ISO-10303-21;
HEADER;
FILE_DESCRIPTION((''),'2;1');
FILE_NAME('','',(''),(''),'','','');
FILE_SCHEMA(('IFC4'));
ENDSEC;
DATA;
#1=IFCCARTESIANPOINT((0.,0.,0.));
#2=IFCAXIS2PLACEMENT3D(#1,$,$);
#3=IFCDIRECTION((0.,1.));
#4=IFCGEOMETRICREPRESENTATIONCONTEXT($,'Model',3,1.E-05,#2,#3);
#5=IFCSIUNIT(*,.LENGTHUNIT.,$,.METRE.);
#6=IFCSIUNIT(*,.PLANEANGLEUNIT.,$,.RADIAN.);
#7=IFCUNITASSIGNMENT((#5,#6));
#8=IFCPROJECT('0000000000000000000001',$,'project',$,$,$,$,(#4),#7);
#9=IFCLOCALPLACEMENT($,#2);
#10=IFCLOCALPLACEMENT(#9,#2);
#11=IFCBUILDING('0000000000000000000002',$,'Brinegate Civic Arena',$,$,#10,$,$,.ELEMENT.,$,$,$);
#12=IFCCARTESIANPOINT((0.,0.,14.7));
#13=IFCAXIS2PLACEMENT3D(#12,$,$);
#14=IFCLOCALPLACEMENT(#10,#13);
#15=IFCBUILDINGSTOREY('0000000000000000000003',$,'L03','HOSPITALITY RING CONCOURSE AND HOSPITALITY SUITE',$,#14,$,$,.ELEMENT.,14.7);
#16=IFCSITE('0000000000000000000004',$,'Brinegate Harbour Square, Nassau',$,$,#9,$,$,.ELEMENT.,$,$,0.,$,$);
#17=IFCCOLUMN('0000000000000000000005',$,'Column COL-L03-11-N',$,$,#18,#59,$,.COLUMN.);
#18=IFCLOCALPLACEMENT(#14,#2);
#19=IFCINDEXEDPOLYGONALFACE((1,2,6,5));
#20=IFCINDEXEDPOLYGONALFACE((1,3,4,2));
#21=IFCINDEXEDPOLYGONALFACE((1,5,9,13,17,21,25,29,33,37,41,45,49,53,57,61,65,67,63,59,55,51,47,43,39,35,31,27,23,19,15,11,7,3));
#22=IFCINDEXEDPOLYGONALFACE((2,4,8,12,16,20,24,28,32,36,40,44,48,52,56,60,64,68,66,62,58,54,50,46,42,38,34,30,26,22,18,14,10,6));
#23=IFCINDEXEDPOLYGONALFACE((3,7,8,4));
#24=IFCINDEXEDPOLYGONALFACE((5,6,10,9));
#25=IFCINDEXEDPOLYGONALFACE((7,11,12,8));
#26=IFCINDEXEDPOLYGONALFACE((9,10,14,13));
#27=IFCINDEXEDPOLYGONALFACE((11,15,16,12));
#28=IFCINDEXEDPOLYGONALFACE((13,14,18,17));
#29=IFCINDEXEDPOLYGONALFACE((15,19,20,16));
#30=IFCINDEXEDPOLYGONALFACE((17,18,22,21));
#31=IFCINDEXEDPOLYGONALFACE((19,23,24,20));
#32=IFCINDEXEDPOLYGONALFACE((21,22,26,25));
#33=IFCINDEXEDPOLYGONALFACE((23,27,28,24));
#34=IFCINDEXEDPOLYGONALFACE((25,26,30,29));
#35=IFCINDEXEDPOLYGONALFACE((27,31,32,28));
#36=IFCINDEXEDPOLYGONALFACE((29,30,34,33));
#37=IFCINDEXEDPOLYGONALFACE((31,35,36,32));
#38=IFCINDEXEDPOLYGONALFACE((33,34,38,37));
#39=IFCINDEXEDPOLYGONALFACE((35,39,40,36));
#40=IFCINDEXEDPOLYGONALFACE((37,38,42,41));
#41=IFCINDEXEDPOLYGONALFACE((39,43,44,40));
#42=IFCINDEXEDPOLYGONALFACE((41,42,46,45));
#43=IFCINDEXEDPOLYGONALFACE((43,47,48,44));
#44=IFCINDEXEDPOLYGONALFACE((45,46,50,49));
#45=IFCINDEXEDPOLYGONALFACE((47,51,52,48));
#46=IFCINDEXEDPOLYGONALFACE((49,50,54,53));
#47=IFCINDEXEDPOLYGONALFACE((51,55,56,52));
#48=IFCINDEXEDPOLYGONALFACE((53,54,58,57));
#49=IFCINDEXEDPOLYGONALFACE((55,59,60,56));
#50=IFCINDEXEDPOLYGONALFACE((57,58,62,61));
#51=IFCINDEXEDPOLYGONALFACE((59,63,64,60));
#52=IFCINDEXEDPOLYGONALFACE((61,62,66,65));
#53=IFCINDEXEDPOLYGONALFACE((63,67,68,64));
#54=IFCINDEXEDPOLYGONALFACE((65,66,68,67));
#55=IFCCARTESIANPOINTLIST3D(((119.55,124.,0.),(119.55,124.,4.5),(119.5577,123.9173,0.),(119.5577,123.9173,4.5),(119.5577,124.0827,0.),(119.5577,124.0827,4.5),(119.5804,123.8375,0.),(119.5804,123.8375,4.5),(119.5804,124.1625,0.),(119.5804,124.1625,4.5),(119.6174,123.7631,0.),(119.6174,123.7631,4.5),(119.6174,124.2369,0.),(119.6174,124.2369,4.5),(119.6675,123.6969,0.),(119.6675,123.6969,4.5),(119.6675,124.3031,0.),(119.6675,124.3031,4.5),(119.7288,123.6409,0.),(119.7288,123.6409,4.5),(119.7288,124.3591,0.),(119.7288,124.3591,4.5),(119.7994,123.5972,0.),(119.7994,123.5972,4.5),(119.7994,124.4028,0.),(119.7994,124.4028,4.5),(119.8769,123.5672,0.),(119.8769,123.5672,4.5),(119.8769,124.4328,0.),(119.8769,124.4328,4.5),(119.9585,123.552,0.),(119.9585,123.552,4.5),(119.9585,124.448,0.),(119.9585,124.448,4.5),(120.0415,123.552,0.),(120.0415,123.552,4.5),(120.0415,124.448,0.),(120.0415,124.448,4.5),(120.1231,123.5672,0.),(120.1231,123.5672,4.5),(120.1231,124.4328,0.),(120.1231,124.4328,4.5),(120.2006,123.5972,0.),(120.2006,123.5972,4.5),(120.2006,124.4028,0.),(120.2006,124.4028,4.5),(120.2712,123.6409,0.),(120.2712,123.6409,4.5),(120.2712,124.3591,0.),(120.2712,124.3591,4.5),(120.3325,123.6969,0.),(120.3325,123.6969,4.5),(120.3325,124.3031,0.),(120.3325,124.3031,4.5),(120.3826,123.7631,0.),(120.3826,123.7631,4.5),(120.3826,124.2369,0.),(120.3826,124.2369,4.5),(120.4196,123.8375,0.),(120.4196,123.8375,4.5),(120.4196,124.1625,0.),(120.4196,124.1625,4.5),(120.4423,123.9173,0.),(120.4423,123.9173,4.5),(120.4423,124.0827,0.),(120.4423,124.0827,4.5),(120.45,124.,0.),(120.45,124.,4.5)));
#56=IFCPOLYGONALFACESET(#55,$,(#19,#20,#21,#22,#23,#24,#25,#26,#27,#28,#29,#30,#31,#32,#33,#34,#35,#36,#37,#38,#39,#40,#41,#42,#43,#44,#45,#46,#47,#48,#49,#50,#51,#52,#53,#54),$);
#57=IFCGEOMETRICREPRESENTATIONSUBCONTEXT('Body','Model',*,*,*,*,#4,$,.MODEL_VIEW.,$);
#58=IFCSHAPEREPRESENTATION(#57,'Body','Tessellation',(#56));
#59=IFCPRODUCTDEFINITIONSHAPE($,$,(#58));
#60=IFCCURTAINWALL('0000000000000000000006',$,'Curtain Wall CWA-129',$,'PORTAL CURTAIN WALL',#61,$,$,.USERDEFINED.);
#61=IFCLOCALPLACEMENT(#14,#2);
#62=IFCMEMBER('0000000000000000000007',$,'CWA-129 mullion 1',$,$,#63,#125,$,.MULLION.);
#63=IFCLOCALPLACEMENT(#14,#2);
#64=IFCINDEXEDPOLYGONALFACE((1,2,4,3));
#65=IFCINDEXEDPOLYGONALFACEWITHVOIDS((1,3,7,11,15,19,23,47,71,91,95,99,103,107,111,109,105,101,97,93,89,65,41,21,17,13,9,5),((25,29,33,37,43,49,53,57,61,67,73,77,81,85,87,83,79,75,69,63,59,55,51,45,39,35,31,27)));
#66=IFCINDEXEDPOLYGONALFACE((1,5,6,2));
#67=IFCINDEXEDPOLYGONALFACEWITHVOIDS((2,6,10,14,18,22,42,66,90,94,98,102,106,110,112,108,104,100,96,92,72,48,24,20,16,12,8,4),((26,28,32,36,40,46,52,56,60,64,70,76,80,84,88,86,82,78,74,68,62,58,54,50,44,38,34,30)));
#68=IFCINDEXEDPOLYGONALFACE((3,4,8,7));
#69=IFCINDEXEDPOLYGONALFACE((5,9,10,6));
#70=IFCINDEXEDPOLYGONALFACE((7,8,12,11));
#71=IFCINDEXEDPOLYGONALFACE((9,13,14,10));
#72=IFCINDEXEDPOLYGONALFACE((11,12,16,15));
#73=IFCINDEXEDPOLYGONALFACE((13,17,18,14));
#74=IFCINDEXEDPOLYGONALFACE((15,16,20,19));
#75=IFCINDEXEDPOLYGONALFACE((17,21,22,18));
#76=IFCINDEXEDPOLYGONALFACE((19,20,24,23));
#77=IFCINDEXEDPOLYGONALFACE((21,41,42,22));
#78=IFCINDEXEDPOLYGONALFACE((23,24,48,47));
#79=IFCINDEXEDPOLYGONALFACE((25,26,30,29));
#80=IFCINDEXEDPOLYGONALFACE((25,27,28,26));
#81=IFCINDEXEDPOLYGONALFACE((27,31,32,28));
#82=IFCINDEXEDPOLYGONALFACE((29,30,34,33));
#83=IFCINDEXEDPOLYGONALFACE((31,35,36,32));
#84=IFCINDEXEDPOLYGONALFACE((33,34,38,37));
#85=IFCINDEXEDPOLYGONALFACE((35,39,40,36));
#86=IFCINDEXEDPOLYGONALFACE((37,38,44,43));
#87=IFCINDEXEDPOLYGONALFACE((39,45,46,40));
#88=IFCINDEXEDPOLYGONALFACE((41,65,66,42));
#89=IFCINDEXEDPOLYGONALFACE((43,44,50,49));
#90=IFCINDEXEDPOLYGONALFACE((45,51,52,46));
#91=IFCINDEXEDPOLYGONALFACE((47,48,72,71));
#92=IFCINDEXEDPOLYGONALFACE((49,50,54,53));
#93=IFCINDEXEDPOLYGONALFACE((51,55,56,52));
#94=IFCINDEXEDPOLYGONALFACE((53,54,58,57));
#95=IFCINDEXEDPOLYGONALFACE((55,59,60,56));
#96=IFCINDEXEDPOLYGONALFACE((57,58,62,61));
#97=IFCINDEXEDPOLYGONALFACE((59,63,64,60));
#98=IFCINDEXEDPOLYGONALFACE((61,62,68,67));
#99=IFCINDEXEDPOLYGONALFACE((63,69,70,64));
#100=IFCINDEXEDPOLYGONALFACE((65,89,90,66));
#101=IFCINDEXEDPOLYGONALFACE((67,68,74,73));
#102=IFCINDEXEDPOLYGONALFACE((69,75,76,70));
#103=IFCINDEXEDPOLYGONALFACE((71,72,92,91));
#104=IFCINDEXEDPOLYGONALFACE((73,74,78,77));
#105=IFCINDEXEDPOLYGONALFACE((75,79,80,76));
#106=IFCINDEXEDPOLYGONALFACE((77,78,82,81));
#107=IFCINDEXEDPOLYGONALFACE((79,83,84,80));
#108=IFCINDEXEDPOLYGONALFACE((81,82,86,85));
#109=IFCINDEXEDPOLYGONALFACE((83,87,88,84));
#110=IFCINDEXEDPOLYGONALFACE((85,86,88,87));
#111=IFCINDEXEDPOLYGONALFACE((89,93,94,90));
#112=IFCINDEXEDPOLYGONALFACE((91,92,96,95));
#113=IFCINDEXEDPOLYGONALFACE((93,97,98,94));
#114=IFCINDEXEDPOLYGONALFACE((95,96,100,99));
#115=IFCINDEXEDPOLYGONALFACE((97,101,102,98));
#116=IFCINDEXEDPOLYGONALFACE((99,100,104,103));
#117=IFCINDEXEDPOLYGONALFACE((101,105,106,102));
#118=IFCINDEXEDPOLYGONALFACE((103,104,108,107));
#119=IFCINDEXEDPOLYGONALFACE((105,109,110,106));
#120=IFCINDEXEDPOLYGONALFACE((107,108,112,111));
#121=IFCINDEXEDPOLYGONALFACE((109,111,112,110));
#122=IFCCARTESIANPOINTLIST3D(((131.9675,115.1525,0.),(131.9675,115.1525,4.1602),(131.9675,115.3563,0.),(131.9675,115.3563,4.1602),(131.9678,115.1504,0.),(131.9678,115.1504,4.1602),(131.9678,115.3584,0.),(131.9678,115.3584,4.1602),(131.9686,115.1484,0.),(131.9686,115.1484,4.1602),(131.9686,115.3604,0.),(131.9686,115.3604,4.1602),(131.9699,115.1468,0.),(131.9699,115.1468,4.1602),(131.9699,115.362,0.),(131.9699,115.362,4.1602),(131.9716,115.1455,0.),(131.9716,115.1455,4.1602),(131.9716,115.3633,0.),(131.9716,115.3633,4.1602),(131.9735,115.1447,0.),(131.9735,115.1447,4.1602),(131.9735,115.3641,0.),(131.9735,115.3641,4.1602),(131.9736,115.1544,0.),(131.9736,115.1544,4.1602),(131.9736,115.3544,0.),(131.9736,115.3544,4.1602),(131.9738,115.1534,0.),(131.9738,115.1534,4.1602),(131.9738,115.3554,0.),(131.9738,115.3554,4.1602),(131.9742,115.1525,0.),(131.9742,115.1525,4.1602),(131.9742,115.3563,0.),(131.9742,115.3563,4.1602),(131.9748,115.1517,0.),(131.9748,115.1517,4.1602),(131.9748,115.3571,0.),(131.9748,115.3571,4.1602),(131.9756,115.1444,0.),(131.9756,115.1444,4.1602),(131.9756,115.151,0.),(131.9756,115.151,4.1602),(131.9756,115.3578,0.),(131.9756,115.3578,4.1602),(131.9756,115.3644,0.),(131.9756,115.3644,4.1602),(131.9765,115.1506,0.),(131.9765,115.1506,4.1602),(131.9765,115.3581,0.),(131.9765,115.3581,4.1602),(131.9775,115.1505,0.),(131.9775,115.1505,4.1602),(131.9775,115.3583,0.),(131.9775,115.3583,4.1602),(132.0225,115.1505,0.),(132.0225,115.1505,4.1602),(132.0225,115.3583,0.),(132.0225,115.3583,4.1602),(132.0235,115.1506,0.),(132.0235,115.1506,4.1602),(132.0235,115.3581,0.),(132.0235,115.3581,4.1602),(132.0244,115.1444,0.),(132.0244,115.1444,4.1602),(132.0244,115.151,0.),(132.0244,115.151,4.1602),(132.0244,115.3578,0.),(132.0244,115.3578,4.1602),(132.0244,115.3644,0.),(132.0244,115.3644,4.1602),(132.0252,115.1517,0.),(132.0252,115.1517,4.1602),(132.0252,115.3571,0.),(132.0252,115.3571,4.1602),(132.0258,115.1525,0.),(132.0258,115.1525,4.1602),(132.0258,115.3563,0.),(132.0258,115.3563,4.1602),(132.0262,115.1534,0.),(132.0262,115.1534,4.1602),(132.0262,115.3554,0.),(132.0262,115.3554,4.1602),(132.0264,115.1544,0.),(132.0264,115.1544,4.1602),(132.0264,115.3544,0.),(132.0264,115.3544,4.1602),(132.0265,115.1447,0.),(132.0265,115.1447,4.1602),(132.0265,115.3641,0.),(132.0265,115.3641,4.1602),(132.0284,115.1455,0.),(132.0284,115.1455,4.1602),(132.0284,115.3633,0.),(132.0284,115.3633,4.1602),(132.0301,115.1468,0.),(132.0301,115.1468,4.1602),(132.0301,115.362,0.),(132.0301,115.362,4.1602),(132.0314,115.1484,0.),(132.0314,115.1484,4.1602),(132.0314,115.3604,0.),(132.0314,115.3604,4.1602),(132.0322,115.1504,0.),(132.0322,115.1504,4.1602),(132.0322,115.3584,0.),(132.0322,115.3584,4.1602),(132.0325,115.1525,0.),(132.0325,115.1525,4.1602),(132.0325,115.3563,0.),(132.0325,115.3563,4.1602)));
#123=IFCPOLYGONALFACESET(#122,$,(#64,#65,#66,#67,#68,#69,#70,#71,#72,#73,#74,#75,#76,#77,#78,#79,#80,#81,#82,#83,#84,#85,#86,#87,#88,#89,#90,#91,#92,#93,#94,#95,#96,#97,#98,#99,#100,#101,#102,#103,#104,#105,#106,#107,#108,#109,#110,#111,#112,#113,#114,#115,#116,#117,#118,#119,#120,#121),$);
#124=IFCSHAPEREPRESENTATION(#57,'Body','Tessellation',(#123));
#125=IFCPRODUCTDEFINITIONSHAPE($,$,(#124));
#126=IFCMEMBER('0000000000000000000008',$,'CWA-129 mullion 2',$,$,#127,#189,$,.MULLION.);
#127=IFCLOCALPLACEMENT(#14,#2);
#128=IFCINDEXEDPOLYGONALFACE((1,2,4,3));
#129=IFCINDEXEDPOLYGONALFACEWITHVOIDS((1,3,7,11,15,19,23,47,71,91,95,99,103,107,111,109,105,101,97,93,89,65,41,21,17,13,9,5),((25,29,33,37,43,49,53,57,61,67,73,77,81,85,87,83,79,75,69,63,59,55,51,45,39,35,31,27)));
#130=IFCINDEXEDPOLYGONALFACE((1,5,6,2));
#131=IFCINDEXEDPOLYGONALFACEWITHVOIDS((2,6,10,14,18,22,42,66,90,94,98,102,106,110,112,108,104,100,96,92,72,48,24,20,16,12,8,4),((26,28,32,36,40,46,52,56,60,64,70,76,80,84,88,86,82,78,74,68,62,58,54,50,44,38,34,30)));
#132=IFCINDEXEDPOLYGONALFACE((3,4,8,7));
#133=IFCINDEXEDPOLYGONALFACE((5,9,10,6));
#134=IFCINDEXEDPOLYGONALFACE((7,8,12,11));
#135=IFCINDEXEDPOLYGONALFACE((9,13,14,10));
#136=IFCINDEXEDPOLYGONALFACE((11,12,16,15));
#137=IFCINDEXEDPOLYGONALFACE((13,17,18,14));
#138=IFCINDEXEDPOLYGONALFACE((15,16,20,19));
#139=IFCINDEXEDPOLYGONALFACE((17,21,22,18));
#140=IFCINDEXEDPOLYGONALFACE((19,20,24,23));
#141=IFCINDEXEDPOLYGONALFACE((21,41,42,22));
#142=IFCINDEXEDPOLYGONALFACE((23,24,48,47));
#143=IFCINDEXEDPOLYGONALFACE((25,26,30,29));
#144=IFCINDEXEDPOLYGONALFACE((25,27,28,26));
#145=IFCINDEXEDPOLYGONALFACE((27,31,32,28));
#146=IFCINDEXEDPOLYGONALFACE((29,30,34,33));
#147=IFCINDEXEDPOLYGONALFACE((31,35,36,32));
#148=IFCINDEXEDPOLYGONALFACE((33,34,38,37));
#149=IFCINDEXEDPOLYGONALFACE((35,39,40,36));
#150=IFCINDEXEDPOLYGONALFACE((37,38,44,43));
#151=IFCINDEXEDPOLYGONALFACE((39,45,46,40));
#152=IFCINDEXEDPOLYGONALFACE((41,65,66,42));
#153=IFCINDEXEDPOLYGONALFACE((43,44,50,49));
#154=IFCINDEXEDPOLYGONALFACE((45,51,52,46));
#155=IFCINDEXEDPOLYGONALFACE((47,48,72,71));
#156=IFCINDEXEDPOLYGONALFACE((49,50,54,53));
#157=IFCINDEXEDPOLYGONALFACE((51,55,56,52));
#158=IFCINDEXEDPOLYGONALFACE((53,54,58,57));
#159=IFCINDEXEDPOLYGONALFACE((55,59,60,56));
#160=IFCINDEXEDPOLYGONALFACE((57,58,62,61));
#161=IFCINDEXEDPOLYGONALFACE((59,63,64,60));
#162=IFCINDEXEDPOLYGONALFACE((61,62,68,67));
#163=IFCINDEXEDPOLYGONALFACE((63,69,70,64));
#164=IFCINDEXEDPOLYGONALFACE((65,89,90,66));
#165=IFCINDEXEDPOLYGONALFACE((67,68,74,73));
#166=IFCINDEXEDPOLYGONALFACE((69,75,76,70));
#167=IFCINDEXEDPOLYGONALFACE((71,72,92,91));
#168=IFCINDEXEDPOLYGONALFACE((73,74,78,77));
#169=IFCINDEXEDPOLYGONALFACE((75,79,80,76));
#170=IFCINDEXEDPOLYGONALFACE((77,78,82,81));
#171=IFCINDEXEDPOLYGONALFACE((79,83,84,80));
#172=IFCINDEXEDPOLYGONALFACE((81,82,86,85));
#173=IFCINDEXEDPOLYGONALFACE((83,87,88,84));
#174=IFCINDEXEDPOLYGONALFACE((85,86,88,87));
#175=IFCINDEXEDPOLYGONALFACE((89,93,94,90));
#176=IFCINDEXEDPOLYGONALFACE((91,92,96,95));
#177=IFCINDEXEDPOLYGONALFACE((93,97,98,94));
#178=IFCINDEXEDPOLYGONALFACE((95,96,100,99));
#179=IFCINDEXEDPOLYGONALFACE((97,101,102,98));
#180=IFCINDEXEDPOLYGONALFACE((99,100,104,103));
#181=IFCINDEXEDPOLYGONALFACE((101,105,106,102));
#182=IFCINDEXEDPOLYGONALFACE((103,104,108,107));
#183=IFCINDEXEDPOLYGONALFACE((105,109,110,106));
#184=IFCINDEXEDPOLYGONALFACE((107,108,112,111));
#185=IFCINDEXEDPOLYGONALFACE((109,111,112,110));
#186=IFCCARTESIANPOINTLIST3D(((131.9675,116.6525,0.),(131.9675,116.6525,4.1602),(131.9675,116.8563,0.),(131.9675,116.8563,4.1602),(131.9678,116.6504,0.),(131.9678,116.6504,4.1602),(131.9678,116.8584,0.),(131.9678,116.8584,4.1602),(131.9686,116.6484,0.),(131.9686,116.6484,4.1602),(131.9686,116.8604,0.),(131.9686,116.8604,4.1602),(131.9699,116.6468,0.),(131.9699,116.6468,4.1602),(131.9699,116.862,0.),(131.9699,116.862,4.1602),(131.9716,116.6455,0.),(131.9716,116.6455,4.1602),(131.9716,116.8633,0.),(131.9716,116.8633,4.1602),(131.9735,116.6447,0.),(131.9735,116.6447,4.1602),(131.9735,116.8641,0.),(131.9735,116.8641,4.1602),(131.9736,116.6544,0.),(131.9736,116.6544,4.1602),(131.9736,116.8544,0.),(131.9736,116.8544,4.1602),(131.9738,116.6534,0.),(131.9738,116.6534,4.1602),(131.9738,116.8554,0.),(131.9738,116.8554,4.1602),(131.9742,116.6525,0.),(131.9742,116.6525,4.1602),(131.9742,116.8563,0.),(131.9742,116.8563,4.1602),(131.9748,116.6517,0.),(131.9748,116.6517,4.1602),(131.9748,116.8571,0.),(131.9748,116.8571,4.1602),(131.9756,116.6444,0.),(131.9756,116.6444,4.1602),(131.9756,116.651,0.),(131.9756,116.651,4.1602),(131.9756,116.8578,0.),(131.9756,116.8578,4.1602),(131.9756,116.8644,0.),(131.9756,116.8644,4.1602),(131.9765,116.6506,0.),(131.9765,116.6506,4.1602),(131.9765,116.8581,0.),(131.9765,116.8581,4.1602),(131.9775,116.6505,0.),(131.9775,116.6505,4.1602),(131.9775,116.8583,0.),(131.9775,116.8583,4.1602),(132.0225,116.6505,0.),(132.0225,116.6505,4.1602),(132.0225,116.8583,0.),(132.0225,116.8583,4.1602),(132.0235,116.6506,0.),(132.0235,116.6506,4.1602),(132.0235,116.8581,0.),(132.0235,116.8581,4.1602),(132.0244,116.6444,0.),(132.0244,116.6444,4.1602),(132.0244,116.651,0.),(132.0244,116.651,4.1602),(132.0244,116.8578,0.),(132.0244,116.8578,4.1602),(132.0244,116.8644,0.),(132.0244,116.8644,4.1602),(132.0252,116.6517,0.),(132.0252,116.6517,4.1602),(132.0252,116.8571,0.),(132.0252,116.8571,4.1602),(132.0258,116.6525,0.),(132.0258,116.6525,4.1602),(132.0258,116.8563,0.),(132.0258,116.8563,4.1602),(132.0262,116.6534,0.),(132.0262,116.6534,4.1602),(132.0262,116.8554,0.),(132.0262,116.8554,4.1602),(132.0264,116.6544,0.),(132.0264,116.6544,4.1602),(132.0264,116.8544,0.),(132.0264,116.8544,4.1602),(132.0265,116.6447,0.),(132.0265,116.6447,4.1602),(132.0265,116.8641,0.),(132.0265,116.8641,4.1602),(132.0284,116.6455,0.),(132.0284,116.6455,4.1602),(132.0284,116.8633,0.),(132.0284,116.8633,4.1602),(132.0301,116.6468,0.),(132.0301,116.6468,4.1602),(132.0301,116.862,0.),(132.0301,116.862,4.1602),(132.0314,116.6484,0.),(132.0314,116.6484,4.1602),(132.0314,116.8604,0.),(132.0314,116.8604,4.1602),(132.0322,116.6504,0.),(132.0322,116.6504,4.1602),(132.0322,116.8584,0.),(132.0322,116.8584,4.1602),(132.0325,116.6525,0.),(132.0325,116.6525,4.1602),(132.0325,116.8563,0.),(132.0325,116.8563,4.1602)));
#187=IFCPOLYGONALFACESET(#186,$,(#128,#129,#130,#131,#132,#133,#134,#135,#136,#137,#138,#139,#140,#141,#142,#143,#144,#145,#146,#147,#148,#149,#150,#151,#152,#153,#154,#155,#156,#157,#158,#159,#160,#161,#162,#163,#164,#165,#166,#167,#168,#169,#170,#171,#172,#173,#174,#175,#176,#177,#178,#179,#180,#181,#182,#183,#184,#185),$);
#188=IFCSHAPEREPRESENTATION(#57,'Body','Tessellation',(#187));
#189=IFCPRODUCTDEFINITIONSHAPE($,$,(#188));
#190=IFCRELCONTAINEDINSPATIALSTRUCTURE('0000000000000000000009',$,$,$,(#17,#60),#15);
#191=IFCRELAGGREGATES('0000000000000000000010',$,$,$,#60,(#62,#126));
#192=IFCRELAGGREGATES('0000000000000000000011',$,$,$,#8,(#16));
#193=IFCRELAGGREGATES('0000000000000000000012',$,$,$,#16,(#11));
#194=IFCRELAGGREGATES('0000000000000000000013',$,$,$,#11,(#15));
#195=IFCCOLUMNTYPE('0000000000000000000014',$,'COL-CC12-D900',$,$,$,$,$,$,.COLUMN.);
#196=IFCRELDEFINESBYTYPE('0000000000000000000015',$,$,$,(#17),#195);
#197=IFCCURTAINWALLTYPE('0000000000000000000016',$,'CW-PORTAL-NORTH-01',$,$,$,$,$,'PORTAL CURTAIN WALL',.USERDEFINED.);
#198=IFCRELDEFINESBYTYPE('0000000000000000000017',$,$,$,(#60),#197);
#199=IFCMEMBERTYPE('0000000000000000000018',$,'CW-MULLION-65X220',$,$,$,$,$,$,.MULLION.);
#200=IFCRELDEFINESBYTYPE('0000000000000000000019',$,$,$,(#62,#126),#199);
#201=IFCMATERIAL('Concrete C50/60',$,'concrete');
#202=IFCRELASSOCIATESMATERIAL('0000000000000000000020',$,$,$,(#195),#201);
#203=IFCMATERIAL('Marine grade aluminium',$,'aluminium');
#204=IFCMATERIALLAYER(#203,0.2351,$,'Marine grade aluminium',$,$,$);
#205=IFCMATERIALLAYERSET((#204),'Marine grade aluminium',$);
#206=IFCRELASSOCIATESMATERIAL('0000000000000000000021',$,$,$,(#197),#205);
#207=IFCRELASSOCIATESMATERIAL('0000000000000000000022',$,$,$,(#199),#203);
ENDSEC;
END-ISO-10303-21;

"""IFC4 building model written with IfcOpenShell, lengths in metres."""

from ifc_helpers import new_model, si_unit, direction, frame, origin, origin_2d, place, context, subcontext, project, spatial, hollow_rectangle, circle, extrude, material, layer, layer_set, material_profile, profile_set, type_object, element, aggregate, save


model = new_model("IFC4")

# Units and contexts
model_context = context("Model", 3, precision=1e-05, world=origin(), true_north=direction((0.0, 1.0)))
body_context = subcontext(model_context, "Body", "Model", "MODEL_VIEW")
ifc_project = project(units=[si_unit("LENGTHUNIT", "METRE"), si_unit("PLANEANGLEUNIT", "RADIAN")], contexts=[model_context])

# Site, building, storey
site_placement = place(None, origin())
site = spatial("IfcSite", under=ifc_project, at=site_placement, Name="Brinegate Harbour Square, Nassau", CompositionType="ELEMENT", RefElevation=0.0)
building_placement = place(site_placement, origin())
building = spatial("IfcBuilding", under=site, at=building_placement, Name="Brinegate Civic Arena", CompositionType="ELEMENT")
storey_placement = place(building_placement, frame((0.0, 0.0, 14.7)))
storey = spatial("IfcBuildingStorey", under=building, at=storey_placement, Name="L03", Description="HOSPITALITY RING CONCOURSE AND HOSPITALITY SUITE", CompositionType="ELEMENT", Elevation=14.7)

# Column
ifc_material_1 = material(Name="Concrete C50/60", Category="concrete")
ifc_material_profile_1 = material_profile(ifc_material_1, circle(Radius=0.45, at=origin_2d()), Name="RCD900")
ifc_profile_set_1 = profile_set([ifc_material_profile_1], Name="Concrete C50/60")
column_type = type_object("IfcColumnType", Name="COL-CC12-D900", PredefinedType="COLUMN", material=ifc_profile_set_1)
column_placement = place(storey_placement, frame((120.0, 124.0, 0.0), z_axis=(0.0, 0.0, 1.0), x_axis=(1.0, 0.0, 0.0)))
element("IfcColumn", 1, at=column_placement, inside=storey, type_object=column_type, Name="Column COL-L03-11-N", PredefinedType="COLUMN", context=body_context, shape_type="SweptSolid", body=[
    extrude(circle(Radius=0.45, at=origin_2d()), origin(), (0.0, 0.0, 1.0), 4.5),
])

# Curtain wall, members
ifc_material_2 = material(Name="Marine grade aluminium", Category="aluminium")
ifc_layer_1 = layer(ifc_material_2, 0.2351, Name="Marine grade aluminium")
ifc_layer_set_1 = layer_set([ifc_layer_1], Name="Marine grade aluminium")
curtain_wall_type = type_object("IfcCurtainWallType", Name="CW-PORTAL-NORTH-01", ElementType="PORTAL CURTAIN WALL", PredefinedType="USERDEFINED", material=ifc_layer_set_1)
curtain_wall_placement = place(storey_placement, origin())
curtain_wall = element("IfcCurtainWall", 2, at=curtain_wall_placement, inside=storey, type_object=curtain_wall_type, Name="Curtain Wall CWA-129", ObjectType="PORTAL CURTAIN WALL", PredefinedType="USERDEFINED")
ifc_material_profile_2 = material_profile(ifc_material_2, hollow_rectangle(XDim=0.0649, YDim=0.22, WallThickness=0.0061, InnerFilletRadius=0.0039, OuterFilletRadius=0.0081, at=origin_2d()), Name="MUL65X220")
ifc_profile_set_2 = profile_set([ifc_material_profile_2], Name="Marine grade aluminium")
member_type_1 = type_object("IfcMemberType", Name="CW-MULLION-65X220", PredefinedType="MULLION", material=ifc_profile_set_2)
member_1_placement = place(storey_placement, frame((132.0, 115.2544, 0.0), z_axis=(0.0, 0.0, 1.0), x_axis=(-1.0, 0.0, 0.0)))
member_1 = element("IfcMember", 3, at=member_1_placement, type_object=member_type_1, Name="CWA-129 mullion 1", PredefinedType="MULLION", context=body_context, shape_type="SweptSolid", body=[
    extrude(hollow_rectangle(XDim=0.0649, YDim=0.22, WallThickness=0.0061, InnerFilletRadius=0.0039, OuterFilletRadius=0.0081, at=origin_2d()), origin(), (0.0, 0.0, 1.0), 4.1602),
])
member_2_placement = place(storey_placement, frame((132.0, 116.7544, 0.0), z_axis=(0.0, 0.0, 1.0), x_axis=(-1.0, 0.0, 0.0)))
member_2 = element("IfcMember", 4, at=member_2_placement, type_object=member_type_1, Name="CWA-129 mullion 2", PredefinedType="MULLION", context=body_context, shape_type="SweptSolid", body=[
    extrude(hollow_rectangle(XDim=0.0649, YDim=0.22, WallThickness=0.0061, InnerFilletRadius=0.0039, OuterFilletRadius=0.0081, at=origin_2d()), origin(), (0.0, 0.0, 1.0), 4.1602),
])

aggregate(curtain_wall, [member_1, member_2])

save(model, "model.ifc")
